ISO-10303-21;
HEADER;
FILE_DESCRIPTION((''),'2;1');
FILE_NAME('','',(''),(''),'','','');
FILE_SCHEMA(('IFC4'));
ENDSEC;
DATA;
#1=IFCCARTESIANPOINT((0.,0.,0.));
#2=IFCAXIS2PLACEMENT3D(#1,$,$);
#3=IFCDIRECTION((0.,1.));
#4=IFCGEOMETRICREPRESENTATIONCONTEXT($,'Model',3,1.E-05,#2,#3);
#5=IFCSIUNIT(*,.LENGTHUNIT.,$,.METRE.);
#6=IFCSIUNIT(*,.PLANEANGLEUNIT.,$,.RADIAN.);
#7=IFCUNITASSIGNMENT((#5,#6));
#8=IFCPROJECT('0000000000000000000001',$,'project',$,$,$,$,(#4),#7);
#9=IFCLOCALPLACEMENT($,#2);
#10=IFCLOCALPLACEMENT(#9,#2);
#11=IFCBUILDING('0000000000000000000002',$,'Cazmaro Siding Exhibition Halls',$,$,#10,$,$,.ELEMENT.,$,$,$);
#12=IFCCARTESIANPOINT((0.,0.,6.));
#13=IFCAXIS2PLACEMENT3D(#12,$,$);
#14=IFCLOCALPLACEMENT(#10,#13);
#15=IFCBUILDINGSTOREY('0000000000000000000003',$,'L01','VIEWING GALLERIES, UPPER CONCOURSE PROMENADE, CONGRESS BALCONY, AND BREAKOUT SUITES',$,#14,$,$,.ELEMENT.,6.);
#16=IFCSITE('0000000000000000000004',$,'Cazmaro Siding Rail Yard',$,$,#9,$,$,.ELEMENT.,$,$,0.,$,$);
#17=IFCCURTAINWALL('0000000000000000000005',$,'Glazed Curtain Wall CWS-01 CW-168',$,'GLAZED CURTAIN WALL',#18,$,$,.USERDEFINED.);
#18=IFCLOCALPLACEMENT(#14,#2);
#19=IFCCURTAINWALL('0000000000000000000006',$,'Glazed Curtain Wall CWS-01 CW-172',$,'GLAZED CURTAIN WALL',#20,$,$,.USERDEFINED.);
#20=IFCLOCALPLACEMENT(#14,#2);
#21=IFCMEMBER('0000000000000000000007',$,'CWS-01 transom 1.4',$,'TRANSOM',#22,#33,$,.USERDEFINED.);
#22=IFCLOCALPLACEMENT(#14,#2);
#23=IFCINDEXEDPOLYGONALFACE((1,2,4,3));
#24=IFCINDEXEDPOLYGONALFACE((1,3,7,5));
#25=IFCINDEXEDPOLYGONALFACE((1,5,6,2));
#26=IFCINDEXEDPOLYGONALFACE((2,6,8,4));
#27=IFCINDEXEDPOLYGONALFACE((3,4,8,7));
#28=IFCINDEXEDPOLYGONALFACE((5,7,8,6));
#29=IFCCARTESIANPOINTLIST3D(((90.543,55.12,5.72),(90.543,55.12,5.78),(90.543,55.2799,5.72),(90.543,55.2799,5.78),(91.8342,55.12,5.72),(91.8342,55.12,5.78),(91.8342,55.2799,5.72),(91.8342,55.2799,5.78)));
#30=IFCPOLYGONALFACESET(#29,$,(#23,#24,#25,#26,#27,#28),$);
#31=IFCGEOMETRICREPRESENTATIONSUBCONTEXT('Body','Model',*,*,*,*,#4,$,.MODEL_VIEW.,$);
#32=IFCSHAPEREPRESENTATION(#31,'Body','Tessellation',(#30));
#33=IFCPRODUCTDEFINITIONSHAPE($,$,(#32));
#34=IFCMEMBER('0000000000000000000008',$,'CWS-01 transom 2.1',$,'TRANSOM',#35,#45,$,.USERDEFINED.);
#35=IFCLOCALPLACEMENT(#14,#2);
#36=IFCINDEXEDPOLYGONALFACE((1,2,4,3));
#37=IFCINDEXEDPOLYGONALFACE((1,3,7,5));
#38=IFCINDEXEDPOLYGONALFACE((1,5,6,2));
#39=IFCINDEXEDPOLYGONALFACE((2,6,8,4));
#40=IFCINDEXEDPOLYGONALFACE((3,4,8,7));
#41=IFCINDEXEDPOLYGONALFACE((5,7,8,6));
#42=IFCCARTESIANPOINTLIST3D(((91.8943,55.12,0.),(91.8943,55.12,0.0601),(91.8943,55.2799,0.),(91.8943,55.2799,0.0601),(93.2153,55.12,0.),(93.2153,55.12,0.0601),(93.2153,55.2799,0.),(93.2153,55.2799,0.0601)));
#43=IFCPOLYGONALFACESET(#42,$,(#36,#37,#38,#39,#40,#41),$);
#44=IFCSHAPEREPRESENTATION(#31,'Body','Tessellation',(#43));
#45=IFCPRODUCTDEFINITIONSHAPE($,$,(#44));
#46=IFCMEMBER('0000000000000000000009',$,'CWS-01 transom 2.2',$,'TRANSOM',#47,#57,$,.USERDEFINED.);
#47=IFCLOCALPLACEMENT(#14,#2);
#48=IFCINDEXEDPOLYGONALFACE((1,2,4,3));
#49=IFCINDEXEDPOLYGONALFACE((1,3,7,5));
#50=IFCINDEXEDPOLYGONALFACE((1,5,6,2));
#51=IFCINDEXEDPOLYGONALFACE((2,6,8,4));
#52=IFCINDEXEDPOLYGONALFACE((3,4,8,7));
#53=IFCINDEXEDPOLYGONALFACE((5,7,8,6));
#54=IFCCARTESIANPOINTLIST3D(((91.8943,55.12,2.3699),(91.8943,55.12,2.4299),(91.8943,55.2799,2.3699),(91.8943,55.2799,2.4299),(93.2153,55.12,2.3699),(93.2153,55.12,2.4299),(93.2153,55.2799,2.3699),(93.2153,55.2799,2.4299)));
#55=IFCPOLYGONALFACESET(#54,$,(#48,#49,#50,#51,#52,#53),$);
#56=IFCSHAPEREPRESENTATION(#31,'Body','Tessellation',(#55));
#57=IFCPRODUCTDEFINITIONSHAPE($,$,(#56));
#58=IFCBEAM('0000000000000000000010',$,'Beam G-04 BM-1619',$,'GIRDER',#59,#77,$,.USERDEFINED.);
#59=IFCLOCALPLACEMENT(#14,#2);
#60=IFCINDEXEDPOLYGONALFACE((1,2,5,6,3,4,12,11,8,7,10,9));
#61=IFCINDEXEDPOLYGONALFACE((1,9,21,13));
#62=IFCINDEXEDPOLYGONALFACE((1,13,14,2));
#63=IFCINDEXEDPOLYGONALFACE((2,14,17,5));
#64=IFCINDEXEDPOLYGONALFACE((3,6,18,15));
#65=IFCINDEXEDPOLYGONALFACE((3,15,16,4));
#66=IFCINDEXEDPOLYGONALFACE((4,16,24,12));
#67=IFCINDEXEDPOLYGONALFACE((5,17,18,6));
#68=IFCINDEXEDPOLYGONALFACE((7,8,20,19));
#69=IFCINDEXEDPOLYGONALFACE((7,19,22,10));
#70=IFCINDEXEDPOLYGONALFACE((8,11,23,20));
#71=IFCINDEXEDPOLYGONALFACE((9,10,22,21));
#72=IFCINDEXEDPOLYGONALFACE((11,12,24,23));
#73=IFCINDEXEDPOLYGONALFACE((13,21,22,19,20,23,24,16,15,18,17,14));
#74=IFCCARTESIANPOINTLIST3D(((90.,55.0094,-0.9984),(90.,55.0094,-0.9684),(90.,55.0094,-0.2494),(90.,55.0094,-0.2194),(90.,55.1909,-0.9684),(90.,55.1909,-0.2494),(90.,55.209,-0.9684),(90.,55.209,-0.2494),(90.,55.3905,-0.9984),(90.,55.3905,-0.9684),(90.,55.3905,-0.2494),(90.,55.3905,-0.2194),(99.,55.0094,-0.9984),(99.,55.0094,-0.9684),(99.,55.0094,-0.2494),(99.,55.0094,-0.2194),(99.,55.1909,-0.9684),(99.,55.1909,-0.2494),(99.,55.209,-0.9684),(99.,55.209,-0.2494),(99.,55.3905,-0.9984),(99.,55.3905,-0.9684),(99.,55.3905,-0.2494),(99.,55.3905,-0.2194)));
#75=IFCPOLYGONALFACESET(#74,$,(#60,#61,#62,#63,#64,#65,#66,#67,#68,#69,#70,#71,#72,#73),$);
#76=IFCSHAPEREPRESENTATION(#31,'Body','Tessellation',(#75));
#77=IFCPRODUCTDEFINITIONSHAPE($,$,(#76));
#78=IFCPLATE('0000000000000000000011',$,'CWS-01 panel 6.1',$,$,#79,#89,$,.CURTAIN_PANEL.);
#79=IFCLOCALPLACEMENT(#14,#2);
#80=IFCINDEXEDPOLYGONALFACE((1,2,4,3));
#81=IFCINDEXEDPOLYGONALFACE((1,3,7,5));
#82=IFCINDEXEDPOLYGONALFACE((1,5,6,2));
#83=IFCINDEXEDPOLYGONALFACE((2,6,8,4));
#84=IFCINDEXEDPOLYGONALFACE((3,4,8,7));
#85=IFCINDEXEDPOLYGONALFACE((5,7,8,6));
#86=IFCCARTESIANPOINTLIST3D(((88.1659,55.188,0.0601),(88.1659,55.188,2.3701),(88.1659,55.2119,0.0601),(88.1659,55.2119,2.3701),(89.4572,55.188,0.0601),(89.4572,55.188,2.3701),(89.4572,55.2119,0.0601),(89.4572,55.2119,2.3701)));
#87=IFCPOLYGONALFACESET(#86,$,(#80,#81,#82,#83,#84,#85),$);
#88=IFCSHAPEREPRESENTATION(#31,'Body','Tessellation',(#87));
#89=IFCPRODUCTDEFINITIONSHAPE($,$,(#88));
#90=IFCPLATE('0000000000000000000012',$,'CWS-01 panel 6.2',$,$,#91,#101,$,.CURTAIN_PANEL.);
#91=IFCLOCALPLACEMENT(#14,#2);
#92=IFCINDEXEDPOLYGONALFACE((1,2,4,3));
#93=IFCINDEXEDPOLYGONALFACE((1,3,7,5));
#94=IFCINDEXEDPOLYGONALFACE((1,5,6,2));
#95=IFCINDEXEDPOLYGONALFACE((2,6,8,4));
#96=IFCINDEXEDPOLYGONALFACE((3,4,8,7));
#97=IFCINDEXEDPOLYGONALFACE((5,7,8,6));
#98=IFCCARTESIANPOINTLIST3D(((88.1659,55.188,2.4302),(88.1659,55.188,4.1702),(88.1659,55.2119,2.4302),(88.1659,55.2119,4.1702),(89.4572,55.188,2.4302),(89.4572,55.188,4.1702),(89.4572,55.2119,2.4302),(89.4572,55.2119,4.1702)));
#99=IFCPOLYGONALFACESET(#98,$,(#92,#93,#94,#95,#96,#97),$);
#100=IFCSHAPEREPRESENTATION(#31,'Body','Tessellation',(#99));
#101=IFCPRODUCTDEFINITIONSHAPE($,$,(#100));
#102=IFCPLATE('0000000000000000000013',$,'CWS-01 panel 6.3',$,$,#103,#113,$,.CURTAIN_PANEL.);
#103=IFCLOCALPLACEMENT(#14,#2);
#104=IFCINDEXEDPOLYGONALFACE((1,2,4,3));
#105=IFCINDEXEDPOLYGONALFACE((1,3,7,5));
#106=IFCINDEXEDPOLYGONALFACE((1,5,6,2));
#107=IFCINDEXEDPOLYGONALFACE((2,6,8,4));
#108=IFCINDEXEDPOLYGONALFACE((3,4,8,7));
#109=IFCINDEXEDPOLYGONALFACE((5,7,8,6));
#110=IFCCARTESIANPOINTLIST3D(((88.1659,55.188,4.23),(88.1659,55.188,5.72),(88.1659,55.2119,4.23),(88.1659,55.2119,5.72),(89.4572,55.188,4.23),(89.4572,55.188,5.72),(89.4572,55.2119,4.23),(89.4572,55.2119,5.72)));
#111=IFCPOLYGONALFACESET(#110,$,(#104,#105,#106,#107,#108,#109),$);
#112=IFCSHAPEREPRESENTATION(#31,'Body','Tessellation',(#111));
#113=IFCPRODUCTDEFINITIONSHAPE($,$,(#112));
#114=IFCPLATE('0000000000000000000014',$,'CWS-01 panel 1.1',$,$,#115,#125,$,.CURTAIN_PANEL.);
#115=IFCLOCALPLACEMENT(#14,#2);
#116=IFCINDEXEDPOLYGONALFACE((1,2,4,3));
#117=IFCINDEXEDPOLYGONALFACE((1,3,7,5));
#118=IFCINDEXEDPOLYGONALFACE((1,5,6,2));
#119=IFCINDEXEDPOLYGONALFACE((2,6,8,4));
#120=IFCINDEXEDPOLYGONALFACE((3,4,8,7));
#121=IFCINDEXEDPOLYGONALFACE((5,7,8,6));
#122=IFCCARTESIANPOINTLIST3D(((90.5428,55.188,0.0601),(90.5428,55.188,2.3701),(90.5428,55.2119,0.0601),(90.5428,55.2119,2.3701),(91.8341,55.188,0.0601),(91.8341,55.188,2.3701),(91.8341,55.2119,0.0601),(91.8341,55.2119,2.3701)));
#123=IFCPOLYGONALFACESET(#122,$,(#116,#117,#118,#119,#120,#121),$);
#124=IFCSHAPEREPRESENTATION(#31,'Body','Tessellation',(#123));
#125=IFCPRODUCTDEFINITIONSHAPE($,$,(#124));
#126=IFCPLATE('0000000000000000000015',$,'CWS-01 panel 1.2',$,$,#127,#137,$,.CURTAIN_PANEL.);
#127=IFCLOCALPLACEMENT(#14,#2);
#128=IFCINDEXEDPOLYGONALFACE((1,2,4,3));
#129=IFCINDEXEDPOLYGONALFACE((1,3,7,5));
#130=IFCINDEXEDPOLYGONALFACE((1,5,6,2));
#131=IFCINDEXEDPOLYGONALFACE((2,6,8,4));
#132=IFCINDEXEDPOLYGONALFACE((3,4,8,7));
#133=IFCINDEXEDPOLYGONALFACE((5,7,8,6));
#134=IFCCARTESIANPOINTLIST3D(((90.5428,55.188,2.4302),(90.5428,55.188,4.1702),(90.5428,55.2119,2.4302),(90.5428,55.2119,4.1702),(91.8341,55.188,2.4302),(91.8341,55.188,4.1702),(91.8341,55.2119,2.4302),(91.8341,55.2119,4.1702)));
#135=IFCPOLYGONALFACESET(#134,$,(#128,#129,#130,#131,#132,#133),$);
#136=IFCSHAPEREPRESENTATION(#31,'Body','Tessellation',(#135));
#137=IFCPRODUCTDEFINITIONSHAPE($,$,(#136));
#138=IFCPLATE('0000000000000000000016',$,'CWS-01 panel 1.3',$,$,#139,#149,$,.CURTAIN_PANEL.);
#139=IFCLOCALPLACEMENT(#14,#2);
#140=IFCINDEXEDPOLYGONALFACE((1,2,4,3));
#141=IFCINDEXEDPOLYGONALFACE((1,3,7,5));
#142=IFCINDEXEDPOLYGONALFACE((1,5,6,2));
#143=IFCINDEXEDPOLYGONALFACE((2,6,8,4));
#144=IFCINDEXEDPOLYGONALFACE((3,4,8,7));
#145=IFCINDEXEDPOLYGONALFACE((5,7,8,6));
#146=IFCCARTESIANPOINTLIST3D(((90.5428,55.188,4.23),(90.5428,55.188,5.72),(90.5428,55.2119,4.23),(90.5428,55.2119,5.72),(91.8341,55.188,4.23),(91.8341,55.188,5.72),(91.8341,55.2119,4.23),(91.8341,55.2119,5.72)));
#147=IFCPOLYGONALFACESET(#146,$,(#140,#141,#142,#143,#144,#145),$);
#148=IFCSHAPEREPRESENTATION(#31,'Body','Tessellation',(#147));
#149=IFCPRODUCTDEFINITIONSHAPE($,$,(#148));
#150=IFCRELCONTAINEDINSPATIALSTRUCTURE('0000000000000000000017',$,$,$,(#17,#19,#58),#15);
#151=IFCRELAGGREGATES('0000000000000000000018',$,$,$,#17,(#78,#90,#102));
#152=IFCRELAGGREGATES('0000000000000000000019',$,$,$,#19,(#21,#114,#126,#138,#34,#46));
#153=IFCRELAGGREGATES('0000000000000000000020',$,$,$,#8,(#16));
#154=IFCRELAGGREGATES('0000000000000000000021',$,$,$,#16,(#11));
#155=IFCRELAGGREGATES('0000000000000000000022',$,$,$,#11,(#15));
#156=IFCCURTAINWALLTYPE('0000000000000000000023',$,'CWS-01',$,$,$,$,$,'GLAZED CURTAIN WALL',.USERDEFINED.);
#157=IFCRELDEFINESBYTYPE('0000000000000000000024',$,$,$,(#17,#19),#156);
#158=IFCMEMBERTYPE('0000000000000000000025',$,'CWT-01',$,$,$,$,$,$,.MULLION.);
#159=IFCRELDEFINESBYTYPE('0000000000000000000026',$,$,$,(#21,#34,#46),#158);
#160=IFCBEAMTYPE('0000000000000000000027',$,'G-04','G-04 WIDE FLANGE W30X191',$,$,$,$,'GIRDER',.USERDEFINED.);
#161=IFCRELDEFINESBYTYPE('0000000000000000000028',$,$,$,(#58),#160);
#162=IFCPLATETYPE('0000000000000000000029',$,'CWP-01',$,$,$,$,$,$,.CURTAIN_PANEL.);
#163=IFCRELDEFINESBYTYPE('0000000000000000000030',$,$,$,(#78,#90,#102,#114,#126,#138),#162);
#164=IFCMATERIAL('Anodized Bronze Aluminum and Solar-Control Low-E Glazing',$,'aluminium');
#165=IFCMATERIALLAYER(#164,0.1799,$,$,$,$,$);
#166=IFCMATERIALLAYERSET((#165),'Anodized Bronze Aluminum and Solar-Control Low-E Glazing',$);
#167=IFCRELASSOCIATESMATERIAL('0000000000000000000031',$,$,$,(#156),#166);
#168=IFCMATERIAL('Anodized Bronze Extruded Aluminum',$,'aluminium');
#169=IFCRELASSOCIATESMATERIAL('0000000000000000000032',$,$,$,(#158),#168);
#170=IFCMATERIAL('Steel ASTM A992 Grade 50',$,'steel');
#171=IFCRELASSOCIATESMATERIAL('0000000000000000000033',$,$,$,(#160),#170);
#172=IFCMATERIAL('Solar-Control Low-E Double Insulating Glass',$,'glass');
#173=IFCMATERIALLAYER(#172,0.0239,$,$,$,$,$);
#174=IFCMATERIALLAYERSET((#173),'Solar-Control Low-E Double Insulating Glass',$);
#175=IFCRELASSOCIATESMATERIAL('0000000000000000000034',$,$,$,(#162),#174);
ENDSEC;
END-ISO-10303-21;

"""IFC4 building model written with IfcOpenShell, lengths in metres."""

from ifc_helpers import new_model, si_unit, direction, frame, origin, origin_2d, place, context, subcontext, project, spatial, rectangle, i_section, extrude, material, layer, layer_set, material_profile, profile_set, type_object, element, aggregate, save


model = new_model("IFC4")

# Units and contexts
model_context = context("Model", 3, precision=1e-05, world=origin(), true_north=direction((0.0, 1.0)))
body_context = subcontext(model_context, "Body", "Model", "MODEL_VIEW")
ifc_project = project(units=[si_unit("LENGTHUNIT", "METRE"), si_unit("PLANEANGLEUNIT", "RADIAN")], contexts=[model_context])

# Site, building, storey
site_placement = place(None, origin())
site = spatial("IfcSite", under=ifc_project, at=site_placement, Name="Cazmaro Siding Rail Yard", CompositionType="ELEMENT", RefElevation=0.0)
building_placement = place(site_placement, origin())
building = spatial("IfcBuilding", under=site, at=building_placement, Name="Cazmaro Siding Exhibition Halls", CompositionType="ELEMENT")
storey_placement = place(building_placement, frame((0.0, 0.0, 6.0)))
storey = spatial("IfcBuildingStorey", under=building, at=storey_placement, Name="L01", Description="VIEWING GALLERIES, UPPER CONCOURSE PROMENADE, CONGRESS BALCONY, AND BREAKOUT SUITES", CompositionType="ELEMENT", Elevation=6.0)

# Curtain wall
ifc_material_1 = material(Name="Anodized Bronze Aluminum and Solar-Control Low-E Glazing", Category="aluminium")
ifc_layer_1 = layer(ifc_material_1, 0.1799)
ifc_layer_set_1 = layer_set([ifc_layer_1], Name="Anodized Bronze Aluminum and Solar-Control Low-E Glazing")
curtain_wall_type = type_object("IfcCurtainWallType", Name="CWS-01", ElementType="GLAZED CURTAIN WALL", PredefinedType="USERDEFINED", material=ifc_layer_set_1)
curtain_wall_1_placement = place(storey_placement, origin())
curtain_wall_1 = element("IfcCurtainWall", 1, at=curtain_wall_1_placement, inside=storey, type_object=curtain_wall_type, Name="Glazed Curtain Wall CWS-01 CW-168", ObjectType="GLAZED CURTAIN WALL", PredefinedType="USERDEFINED")

# Curtain wall
curtain_wall_2_placement = place(storey_placement, origin())
curtain_wall_2 = element("IfcCurtainWall", 2, at=curtain_wall_2_placement, inside=storey, type_object=curtain_wall_type, Name="Glazed Curtain Wall CWS-01 CW-172", ObjectType="GLAZED CURTAIN WALL", PredefinedType="USERDEFINED")

# Members
ifc_material_2 = material(Name="Anodized Bronze Extruded Aluminum", Category="aluminium")
ifc_material_profile_1 = material_profile(ifc_material_2, rectangle(XDim=0.1599, YDim=0.0601, at=origin_2d()), Name="CWT-01")
ifc_profile_set_1 = profile_set([ifc_material_profile_1], Name="Anodized Bronze Extruded Aluminum")
member_type_1 = type_object("IfcMemberType", Name="CWT-01", PredefinedType="MULLION", material=ifc_profile_set_1)
member_1_placement = place(storey_placement, frame((90.543, 55.2, 5.75), z_axis=(1.0, 0.0, 0.0), x_axis=(0.0, 1.0, 0.0)))
member_1 = element("IfcMember", 3, at=member_1_placement, type_object=member_type_1, Name="CWS-01 transom 1.4", ObjectType="TRANSOM", PredefinedType="USERDEFINED", context=body_context, shape_type="SweptSolid", body=[
    extrude(rectangle(XDim=0.1599, YDim=0.0601, at=origin_2d()), origin(), (0.0, 0.0, 1.0), 1.2913),
])
member_2_placement = place(storey_placement, frame((91.8943, 55.2, 0.03), z_axis=(1.0, 0.0, 0.0), x_axis=(0.0, 1.0, 0.0)))
member_2 = element("IfcMember", 4, at=member_2_placement, type_object=member_type_1, Name="CWS-01 transom 2.1", ObjectType="TRANSOM", PredefinedType="USERDEFINED", context=body_context, shape_type="SweptSolid", body=[
    extrude(rectangle(XDim=0.1599, YDim=0.0601, at=origin_2d()), origin(), (0.0, 0.0, 1.0), 1.321),
])
member_3_placement = place(storey_placement, frame((91.8943, 55.2, 2.3999), z_axis=(1.0, 0.0, 0.0), x_axis=(0.0, 1.0, 0.0)))
member_3 = element("IfcMember", 5, at=member_3_placement, type_object=member_type_1, Name="CWS-01 transom 2.2", ObjectType="TRANSOM", PredefinedType="USERDEFINED", context=body_context, shape_type="SweptSolid", body=[
    extrude(rectangle(XDim=0.1599, YDim=0.0601, at=origin_2d()), origin(), (0.0, 0.0, 1.0), 1.321),
])

# Beam
ifc_material_3 = material(Name="Steel ASTM A992 Grade 50", Category="steel")
ifc_material_profile_2 = material_profile(ifc_material_3, i_section(OverallWidth=0.3811, OverallDepth=0.7791, WebThickness=0.0181, FlangeThickness=0.03, at=origin_2d()), Name="W30X191")
ifc_profile_set_2 = profile_set([ifc_material_profile_2], Name="Steel ASTM A992 Grade 50")
beam_type_1 = type_object("IfcBeamType", Name="G-04", Description="G-04 WIDE FLANGE W30X191", ElementType="GIRDER", PredefinedType="USERDEFINED", material=ifc_profile_set_2)
beam_1_placement = place(storey_placement, frame((90.0, 55.2, -0.6089), z_axis=(1.0, 0.0, 0.0), x_axis=(0.0, 1.0, 0.0)))
element("IfcBeam", 6, at=beam_1_placement, inside=storey, type_object=beam_type_1, Name="Beam G-04 BM-1619", ObjectType="GIRDER", PredefinedType="USERDEFINED", context=body_context, shape_type="SweptSolid", body=[
    extrude(i_section(OverallWidth=0.3811, OverallDepth=0.7791, WebThickness=0.0181, FlangeThickness=0.03, at=origin_2d()), origin(), (0.0, 0.0, 1.0), 9.0),
])

# Plates
ifc_material_4 = material(Name="Solar-Control Low-E Double Insulating Glass", Category="glass")
ifc_layer_2 = layer(ifc_material_4, 0.0239)
ifc_layer_set_2 = layer_set([ifc_layer_2], Name="Solar-Control Low-E Double Insulating Glass")
plate_type = type_object("IfcPlateType", Name="CWP-01", PredefinedType="CURTAIN_PANEL", material=ifc_layer_set_2)
plate_1_placement = place(storey_placement, frame((88.8115, 55.2, 0.0601), z_axis=(0.0, 0.0, 1.0), x_axis=(1.0, 0.0, 0.0)))
plate_1 = element("IfcPlate", 7, at=plate_1_placement, type_object=plate_type, Name="CWS-01 panel 6.1", PredefinedType="CURTAIN_PANEL", context=body_context, shape_type="SweptSolid", body=[
    extrude(rectangle(XDim=1.2913, YDim=0.0239, at=origin_2d()), origin(), (0.0, 0.0, 1.0), 2.3101),
])
plate_2_placement = place(storey_placement, frame((88.8115, 55.2, 2.4302), z_axis=(0.0, 0.0, 1.0), x_axis=(1.0, 0.0, 0.0)))
plate_2 = element("IfcPlate", 8, at=plate_2_placement, type_object=plate_type, Name="CWS-01 panel 6.2", PredefinedType="CURTAIN_PANEL", context=body_context, shape_type="SweptSolid", body=[
    extrude(rectangle(XDim=1.2913, YDim=0.0239, at=origin_2d()), origin(), (0.0, 0.0, 1.0), 1.74),
])
plate_3_placement = place(storey_placement, frame((88.8115, 55.2, 4.23), z_axis=(0.0, 0.0, 1.0), x_axis=(1.0, 0.0, 0.0)))
plate_3 = element("IfcPlate", 9, at=plate_3_placement, type_object=plate_type, Name="CWS-01 panel 6.3", PredefinedType="CURTAIN_PANEL", context=body_context, shape_type="SweptSolid", body=[
    extrude(rectangle(XDim=1.2913, YDim=0.0239, at=origin_2d()), origin(), (0.0, 0.0, 1.0), 1.49),
])
aggregate(curtain_wall_1, [plate_1, plate_2, plate_3])
plate_4_placement = place(storey_placement, frame((91.1885, 55.2, 0.0601), z_axis=(0.0, 0.0, 1.0), x_axis=(1.0, 0.0, 0.0)))
plate_4 = element("IfcPlate", 10, at=plate_4_placement, type_object=plate_type, Name="CWS-01 panel 1.1", PredefinedType="CURTAIN_PANEL", context=body_context, shape_type="SweptSolid", body=[
    extrude(rectangle(XDim=1.2913, YDim=0.0239, at=origin_2d()), origin(), (0.0, 0.0, 1.0), 2.3101),
])
plate_5_placement = place(storey_placement, frame((91.1885, 55.2, 2.4302), z_axis=(0.0, 0.0, 1.0), x_axis=(1.0, 0.0, 0.0)))
plate_5 = element("IfcPlate", 11, at=plate_5_placement, type_object=plate_type, Name="CWS-01 panel 1.2", PredefinedType="CURTAIN_PANEL", context=body_context, shape_type="SweptSolid", body=[
    extrude(rectangle(XDim=1.2913, YDim=0.0239, at=origin_2d()), origin(), (0.0, 0.0, 1.0), 1.74),
])
plate_6_placement = place(storey_placement, frame((91.1885, 55.2, 4.23), z_axis=(0.0, 0.0, 1.0), x_axis=(1.0, 0.0, 0.0)))
plate_6 = element("IfcPlate", 12, at=plate_6_placement, type_object=plate_type, Name="CWS-01 panel 1.3", PredefinedType="CURTAIN_PANEL", context=body_context, shape_type="SweptSolid", body=[
    extrude(rectangle(XDim=1.2913, YDim=0.0239, at=origin_2d()), origin(), (0.0, 0.0, 1.0), 1.49),
])
aggregate(curtain_wall_2, [member_1, plate_4, plate_5, plate_6, member_2, member_3])

save(model, "model.ifc")
